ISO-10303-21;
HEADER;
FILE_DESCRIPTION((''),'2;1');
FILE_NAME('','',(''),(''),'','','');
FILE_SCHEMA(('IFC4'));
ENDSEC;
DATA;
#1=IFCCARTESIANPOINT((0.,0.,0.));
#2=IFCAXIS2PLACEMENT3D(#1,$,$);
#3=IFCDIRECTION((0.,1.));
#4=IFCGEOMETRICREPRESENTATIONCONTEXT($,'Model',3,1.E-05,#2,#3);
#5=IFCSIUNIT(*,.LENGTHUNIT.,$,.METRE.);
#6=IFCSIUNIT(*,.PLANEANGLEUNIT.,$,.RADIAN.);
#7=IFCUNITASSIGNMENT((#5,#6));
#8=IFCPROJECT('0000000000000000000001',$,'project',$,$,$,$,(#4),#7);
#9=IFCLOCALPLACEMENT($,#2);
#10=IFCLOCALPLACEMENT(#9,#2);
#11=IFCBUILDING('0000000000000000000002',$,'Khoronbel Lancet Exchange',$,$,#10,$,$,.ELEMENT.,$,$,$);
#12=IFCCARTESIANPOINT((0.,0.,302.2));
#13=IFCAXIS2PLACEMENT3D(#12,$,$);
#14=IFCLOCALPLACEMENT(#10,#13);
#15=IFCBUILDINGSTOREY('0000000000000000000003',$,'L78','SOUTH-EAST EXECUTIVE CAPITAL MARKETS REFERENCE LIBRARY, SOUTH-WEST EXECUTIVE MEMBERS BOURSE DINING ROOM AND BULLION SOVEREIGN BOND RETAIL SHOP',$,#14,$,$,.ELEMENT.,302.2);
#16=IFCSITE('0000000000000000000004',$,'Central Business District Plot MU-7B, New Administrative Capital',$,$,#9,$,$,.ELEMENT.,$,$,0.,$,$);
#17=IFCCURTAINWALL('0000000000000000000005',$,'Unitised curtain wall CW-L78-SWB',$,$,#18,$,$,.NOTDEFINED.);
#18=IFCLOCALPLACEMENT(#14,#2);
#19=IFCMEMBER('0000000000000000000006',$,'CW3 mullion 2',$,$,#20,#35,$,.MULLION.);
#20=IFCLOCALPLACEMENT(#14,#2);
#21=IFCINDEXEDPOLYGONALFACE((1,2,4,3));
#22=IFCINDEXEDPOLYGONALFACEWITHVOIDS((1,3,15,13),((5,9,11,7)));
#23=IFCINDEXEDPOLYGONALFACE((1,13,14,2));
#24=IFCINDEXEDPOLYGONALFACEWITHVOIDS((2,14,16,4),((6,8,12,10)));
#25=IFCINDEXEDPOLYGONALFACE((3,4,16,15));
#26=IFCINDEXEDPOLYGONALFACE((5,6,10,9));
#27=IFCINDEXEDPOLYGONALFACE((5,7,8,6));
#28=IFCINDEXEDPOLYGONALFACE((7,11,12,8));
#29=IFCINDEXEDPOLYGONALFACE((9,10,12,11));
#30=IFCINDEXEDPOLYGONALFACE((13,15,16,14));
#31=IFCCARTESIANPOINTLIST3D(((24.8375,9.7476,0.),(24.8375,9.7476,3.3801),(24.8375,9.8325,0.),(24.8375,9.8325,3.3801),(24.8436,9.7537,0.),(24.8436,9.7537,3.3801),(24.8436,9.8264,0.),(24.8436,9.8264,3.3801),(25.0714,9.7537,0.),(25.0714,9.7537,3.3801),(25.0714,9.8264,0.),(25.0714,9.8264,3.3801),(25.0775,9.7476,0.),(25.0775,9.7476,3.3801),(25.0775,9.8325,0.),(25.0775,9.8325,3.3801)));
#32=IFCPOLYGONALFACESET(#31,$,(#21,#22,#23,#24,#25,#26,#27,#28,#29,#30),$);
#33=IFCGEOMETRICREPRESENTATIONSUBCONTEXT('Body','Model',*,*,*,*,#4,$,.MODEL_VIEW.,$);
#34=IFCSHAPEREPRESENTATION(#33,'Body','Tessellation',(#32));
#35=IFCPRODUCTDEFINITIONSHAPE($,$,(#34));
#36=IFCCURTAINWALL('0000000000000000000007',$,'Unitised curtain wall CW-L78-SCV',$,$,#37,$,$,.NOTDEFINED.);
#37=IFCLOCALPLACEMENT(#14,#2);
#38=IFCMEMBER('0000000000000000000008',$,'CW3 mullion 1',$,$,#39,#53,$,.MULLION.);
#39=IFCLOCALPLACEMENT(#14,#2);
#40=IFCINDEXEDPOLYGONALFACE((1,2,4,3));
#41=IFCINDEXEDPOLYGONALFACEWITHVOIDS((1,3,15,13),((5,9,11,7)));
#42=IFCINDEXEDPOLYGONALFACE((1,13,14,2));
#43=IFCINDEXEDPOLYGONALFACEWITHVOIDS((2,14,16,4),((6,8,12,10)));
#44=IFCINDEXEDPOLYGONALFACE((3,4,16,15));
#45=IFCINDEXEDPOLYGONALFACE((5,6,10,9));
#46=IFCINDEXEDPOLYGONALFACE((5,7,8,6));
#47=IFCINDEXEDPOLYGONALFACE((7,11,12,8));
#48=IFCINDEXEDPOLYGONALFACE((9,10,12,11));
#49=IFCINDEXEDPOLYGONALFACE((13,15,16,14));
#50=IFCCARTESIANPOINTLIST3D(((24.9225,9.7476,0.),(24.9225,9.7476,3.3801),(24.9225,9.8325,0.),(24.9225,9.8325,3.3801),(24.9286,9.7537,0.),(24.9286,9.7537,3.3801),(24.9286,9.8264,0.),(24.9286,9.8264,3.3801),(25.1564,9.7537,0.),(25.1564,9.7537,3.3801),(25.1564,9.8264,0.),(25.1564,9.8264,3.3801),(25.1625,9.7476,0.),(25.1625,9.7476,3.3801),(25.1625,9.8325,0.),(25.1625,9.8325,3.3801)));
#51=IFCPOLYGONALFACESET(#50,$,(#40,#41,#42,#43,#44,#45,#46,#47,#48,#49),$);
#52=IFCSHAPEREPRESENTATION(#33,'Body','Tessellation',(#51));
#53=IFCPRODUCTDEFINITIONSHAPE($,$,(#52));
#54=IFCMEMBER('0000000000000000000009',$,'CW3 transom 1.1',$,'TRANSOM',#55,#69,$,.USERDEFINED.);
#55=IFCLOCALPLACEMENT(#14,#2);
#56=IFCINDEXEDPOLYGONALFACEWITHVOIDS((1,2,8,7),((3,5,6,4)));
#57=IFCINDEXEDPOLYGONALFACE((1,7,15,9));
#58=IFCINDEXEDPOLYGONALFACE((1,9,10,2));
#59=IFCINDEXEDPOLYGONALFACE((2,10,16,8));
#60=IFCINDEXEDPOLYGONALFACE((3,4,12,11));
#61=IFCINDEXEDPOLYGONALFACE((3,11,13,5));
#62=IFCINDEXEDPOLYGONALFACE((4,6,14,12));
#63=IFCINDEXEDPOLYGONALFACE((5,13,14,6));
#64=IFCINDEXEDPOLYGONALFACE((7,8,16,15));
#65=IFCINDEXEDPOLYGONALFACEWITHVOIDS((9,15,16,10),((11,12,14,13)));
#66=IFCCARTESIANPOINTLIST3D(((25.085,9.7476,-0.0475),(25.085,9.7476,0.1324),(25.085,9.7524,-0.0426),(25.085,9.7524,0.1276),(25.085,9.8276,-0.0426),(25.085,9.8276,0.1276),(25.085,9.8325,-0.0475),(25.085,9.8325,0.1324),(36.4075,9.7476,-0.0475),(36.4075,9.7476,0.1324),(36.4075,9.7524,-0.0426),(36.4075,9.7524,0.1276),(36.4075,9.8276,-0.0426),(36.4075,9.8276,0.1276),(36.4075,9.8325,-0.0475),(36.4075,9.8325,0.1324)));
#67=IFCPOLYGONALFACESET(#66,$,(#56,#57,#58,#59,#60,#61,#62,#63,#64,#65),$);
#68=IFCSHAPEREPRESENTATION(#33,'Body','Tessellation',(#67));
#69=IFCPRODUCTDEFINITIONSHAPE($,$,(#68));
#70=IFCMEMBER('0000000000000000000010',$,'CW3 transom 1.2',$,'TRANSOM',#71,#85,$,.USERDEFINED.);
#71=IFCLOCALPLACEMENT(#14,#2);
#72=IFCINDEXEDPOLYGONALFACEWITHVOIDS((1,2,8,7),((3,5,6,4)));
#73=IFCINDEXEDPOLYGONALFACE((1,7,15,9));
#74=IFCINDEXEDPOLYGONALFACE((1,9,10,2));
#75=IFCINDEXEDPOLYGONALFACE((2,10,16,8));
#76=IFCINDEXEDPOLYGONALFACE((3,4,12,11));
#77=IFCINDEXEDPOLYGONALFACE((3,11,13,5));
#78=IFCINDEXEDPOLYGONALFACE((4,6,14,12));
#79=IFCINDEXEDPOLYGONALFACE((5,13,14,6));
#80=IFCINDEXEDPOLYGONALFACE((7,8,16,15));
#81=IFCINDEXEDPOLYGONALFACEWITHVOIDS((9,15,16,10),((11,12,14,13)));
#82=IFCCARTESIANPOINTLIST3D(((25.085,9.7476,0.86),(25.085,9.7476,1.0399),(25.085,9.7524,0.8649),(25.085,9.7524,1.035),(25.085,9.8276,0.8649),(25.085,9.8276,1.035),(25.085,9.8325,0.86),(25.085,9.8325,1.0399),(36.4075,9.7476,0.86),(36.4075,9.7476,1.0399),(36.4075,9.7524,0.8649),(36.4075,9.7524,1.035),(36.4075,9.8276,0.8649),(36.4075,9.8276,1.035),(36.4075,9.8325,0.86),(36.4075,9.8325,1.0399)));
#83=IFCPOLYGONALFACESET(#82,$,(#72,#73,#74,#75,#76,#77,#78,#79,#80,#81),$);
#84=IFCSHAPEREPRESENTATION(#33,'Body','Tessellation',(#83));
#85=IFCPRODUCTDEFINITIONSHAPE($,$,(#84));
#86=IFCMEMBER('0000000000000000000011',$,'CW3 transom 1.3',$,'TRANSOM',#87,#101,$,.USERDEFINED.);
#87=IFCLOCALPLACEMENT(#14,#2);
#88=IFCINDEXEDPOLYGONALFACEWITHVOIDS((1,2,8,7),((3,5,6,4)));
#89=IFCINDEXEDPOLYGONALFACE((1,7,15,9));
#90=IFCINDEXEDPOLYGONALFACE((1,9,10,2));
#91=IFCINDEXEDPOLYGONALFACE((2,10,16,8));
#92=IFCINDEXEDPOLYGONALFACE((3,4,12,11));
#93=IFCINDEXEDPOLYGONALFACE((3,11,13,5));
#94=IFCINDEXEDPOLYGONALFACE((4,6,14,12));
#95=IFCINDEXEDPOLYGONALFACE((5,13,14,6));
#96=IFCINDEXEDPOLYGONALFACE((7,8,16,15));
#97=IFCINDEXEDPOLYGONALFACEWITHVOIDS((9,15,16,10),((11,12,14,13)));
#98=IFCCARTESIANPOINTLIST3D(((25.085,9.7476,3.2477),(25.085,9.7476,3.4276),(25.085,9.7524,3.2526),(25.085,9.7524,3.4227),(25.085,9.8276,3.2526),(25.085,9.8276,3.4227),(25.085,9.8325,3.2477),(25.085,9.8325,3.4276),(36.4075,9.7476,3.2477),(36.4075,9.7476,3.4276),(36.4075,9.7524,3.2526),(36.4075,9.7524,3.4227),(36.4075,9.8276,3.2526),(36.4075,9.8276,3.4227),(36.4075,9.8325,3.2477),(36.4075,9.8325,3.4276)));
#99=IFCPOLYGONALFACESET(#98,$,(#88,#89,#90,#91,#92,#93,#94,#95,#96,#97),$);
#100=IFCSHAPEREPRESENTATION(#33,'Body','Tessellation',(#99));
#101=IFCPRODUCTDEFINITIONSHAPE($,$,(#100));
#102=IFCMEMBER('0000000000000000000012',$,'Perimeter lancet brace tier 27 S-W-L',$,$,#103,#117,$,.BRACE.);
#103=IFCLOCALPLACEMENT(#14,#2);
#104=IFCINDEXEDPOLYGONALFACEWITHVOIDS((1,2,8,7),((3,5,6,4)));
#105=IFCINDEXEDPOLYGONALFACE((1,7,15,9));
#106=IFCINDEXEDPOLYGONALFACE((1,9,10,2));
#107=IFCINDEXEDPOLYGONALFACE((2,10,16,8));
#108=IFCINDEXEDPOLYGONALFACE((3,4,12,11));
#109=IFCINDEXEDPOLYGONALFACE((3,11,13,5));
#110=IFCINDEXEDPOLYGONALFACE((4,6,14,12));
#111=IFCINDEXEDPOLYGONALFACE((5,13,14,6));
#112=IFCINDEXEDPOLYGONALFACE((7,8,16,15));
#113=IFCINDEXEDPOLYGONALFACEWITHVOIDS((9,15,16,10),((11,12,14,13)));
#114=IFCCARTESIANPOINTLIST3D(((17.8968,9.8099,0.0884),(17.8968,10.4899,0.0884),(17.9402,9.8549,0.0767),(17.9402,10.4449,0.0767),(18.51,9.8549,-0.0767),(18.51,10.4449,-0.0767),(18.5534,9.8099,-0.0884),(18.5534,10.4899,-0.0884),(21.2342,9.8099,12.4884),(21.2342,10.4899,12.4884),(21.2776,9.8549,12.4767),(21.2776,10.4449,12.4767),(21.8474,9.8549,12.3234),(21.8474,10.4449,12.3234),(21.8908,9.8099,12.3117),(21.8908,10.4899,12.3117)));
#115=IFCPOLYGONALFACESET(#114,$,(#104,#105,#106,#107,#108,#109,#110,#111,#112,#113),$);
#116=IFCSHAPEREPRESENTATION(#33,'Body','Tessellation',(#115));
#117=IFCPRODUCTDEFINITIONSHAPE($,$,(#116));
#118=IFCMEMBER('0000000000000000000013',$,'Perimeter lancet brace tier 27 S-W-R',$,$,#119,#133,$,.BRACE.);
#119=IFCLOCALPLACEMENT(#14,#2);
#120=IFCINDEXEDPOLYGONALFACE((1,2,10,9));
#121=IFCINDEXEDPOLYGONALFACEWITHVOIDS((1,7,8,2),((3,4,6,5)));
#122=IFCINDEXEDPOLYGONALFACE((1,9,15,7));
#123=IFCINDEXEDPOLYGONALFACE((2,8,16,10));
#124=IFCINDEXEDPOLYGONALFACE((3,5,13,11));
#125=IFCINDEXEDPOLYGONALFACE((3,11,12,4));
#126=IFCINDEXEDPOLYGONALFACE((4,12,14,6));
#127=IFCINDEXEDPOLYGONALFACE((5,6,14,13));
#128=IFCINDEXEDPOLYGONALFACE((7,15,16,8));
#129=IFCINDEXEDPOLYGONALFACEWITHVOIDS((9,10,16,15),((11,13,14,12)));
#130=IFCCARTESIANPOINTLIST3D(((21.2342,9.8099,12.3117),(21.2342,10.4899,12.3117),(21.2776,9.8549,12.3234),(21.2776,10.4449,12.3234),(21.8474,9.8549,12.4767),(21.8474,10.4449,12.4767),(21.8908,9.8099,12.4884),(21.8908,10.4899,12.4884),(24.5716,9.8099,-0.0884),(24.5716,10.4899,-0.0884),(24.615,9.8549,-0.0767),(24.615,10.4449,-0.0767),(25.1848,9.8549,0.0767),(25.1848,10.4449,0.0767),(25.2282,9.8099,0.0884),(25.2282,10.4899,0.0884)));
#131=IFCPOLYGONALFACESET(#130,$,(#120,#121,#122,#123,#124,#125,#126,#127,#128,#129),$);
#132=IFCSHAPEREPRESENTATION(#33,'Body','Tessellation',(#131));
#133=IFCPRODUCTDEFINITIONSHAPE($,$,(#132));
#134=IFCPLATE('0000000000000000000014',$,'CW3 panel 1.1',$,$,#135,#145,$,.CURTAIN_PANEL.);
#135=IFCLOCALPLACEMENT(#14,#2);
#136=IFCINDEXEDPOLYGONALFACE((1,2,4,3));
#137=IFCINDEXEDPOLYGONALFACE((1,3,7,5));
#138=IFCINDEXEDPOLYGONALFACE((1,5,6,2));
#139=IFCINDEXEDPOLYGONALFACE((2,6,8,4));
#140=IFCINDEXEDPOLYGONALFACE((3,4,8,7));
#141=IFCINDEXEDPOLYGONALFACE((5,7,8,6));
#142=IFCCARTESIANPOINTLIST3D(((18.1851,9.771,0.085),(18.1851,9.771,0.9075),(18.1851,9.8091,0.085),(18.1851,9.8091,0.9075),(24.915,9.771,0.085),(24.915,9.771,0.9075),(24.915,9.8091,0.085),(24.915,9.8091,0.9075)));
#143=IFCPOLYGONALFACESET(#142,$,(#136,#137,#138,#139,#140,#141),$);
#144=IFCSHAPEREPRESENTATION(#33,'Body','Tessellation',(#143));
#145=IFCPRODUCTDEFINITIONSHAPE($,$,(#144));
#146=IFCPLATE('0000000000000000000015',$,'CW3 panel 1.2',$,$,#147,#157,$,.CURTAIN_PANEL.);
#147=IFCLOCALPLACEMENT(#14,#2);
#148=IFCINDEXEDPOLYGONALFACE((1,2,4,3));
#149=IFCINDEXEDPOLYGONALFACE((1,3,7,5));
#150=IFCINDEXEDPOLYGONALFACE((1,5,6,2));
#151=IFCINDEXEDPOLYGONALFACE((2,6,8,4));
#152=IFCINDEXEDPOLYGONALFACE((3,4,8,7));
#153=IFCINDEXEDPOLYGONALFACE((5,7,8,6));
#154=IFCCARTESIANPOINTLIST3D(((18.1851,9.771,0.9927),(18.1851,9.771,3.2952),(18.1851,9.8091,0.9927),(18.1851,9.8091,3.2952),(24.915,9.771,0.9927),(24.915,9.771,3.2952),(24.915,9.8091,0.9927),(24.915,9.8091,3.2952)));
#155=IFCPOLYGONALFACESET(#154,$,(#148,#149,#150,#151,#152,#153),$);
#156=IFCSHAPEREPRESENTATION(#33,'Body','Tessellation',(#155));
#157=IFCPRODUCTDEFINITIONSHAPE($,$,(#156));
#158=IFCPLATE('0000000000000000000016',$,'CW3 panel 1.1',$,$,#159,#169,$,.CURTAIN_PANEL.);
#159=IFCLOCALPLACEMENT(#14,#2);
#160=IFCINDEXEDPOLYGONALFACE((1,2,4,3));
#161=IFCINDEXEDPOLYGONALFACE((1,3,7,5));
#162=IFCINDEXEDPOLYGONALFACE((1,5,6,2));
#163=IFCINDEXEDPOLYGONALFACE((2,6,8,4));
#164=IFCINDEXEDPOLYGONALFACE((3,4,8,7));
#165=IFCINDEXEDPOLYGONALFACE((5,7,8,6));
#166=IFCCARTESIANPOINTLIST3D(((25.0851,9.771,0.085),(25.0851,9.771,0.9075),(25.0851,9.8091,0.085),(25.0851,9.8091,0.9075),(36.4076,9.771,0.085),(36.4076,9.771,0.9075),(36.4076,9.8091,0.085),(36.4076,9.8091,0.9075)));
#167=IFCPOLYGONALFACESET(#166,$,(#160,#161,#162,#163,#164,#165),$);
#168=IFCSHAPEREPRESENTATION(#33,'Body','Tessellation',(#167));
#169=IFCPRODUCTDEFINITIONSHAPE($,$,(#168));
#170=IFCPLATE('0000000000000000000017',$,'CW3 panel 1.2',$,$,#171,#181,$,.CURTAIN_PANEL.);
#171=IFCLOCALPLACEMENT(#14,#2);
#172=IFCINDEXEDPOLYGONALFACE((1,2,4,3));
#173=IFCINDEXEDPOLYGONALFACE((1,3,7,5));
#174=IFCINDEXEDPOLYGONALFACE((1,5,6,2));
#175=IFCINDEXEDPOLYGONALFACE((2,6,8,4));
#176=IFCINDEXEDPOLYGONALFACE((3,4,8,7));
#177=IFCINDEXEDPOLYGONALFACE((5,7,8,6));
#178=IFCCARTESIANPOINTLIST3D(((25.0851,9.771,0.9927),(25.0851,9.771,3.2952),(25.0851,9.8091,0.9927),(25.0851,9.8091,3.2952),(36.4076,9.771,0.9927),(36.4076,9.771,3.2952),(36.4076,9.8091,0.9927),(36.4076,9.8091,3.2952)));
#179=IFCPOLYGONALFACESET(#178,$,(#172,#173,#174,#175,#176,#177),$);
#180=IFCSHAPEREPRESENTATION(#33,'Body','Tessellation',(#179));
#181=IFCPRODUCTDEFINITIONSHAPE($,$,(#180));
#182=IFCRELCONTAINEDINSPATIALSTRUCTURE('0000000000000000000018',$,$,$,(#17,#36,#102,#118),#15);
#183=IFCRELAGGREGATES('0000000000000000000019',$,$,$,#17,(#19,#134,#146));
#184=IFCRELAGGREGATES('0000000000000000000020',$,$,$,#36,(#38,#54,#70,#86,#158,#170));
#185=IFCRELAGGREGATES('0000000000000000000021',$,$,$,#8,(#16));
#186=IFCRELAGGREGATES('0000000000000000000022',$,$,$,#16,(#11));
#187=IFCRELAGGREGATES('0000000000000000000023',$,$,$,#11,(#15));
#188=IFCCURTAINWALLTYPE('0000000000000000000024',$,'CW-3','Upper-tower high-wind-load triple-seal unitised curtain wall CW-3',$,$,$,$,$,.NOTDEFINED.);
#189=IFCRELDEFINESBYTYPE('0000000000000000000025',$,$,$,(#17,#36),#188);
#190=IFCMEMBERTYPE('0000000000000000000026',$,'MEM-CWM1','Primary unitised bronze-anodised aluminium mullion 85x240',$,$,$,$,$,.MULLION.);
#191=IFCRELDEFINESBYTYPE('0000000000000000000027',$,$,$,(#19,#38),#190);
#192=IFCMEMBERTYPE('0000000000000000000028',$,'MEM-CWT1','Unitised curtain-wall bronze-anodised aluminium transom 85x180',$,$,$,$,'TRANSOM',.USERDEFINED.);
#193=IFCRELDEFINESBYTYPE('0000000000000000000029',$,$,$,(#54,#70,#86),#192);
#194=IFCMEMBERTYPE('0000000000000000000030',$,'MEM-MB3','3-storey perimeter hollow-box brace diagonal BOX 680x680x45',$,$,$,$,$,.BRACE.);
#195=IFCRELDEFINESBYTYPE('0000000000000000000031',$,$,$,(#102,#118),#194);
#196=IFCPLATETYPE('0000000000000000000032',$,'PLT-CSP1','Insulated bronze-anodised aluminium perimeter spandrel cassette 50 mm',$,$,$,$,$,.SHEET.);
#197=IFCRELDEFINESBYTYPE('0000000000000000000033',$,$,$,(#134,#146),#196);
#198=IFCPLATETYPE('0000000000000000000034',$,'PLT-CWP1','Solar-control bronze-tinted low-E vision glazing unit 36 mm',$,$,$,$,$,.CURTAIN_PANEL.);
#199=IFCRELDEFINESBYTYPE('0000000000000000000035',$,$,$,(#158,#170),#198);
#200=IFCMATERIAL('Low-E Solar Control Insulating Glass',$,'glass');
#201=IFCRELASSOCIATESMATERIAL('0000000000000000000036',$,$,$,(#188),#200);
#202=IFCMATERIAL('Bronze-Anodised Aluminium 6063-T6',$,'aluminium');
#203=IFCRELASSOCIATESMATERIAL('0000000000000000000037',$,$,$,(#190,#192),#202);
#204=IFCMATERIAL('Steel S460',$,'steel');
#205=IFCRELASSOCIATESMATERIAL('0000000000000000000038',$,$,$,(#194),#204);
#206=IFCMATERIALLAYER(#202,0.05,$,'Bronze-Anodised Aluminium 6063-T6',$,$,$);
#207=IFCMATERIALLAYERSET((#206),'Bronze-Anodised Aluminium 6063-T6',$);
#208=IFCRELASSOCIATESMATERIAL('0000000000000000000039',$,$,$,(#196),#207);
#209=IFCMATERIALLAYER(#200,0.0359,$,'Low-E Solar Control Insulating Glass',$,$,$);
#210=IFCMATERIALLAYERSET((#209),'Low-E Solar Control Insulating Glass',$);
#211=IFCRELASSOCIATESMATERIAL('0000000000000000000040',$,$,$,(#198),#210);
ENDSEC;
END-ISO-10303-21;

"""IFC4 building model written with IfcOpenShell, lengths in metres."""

from ifc_helpers import new_model, si_unit, direction, frame, origin, origin_2d, place, context, subcontext, project, spatial, rectangle, hollow_rectangle, extrude, material, layer, layer_set, material_profile, profile_set, type_object, element, aggregate, save


model = new_model("IFC4")

# Units and contexts
model_context = context("Model", 3, precision=1e-05, world=origin(), true_north=direction((0.0, 1.0)))
body_context = subcontext(model_context, "Body", "Model", "MODEL_VIEW")
ifc_project = project(units=[si_unit("LENGTHUNIT", "METRE"), si_unit("PLANEANGLEUNIT", "RADIAN")], contexts=[model_context])

# Site, building, storey
site_placement = place(None, origin())
site = spatial("IfcSite", under=ifc_project, at=site_placement, Name="Central Business District Plot MU-7B, New Administrative Capital", CompositionType="ELEMENT", RefElevation=0.0)
building_placement = place(site_placement, origin())
building = spatial("IfcBuilding", under=site, at=building_placement, Name="Khoronbel Lancet Exchange", CompositionType="ELEMENT")
storey_placement = place(building_placement, frame((0.0, 0.0, 302.2)))
storey = spatial("IfcBuildingStorey", under=building, at=storey_placement, Name="L78", Description="SOUTH-EAST EXECUTIVE CAPITAL MARKETS REFERENCE LIBRARY, SOUTH-WEST EXECUTIVE MEMBERS BOURSE DINING ROOM AND BULLION SOVEREIGN BOND RETAIL SHOP", CompositionType="ELEMENT", Elevation=302.2)

# Shared definitions
ifc_material_1 = material(Name="Steel S460", Category="steel")

# Curtain wall, member
ifc_material_2 = material(Name="Low-E Solar Control Insulating Glass", Category="glass")
curtain_wall_type = type_object("IfcCurtainWallType", Name="CW-3", Description="Upper-tower high-wind-load triple-seal unitised curtain wall CW-3", PredefinedType="NOTDEFINED", material=ifc_material_2)
curtain_wall_1_placement = place(storey_placement, origin())
curtain_wall_1 = element("IfcCurtainWall", 1, at=curtain_wall_1_placement, inside=storey, type_object=curtain_wall_type, Name="Unitised curtain wall CW-L78-SWB", PredefinedType="NOTDEFINED")
ifc_material_3 = material(Name="Bronze-Anodised Aluminium 6063-T6", Category="aluminium")
ifc_material_profile_1 = material_profile(ifc_material_3, hollow_rectangle(XDim=0.085, YDim=0.24, WallThickness=0.0061, at=origin_2d()), Name="ALU MULLION 85x240")
ifc_profile_set_1 = profile_set([ifc_material_profile_1], Name="Bronze-Anodised Aluminium 6063-T6")
member_type_1 = type_object("IfcMemberType", Name="MEM-CWM1", Description="Primary unitised bronze-anodised aluminium mullion 85x240", PredefinedType="MULLION", material=ifc_profile_set_1)
member_1_placement = place(storey_placement, frame((24.9575, 9.79, 0.0), z_axis=(0.0, 0.0, 1.0), x_axis=(0.0, 1.0, 0.0)))
member_1 = element("IfcMember", 2, at=member_1_placement, type_object=member_type_1, Name="CW3 mullion 2", PredefinedType="MULLION", context=body_context, shape_type="SweptSolid", body=[
    extrude(hollow_rectangle(XDim=0.085, YDim=0.24, WallThickness=0.0061, at=origin_2d()), origin(), (0.0, 0.0, 1.0), 3.3801),
])

# Curtain wall, members
curtain_wall_2_placement = place(storey_placement, origin())
curtain_wall_2 = element("IfcCurtainWall", 3, at=curtain_wall_2_placement, inside=storey, type_object=curtain_wall_type, Name="Unitised curtain wall CW-L78-SCV", PredefinedType="NOTDEFINED")
member_2_placement = place(storey_placement, frame((25.0425, 9.79, 0.0), z_axis=(0.0, 0.0, 1.0), x_axis=(0.0, 1.0, 0.0)))
member_2 = element("IfcMember", 4, at=member_2_placement, type_object=member_type_1, Name="CW3 mullion 1", PredefinedType="MULLION", context=body_context, shape_type="SweptSolid", body=[
    extrude(hollow_rectangle(XDim=0.085, YDim=0.24, WallThickness=0.0061, at=origin_2d()), origin(), (0.0, 0.0, 1.0), 3.3801),
])
ifc_material_profile_2 = material_profile(ifc_material_3, hollow_rectangle(XDim=0.085, YDim=0.1799, WallThickness=0.0049, at=origin_2d()), Name="ALU TRANSOM 85x180")
ifc_profile_set_2 = profile_set([ifc_material_profile_2], Name="Bronze-Anodised Aluminium 6063-T6")
member_type_2 = type_object("IfcMemberType", Name="MEM-CWT1", Description="Unitised curtain-wall bronze-anodised aluminium transom 85x180", ElementType="TRANSOM", PredefinedType="USERDEFINED", material=ifc_profile_set_2)
member_3_placement = place(storey_placement, frame((25.085, 9.79, 0.0425), z_axis=(1.0, 0.0, 0.0), x_axis=(0.0, 1.0, 0.0)))
member_3 = element("IfcMember", 5, at=member_3_placement, type_object=member_type_2, Name="CW3 transom 1.1", ObjectType="TRANSOM", PredefinedType="USERDEFINED", context=body_context, shape_type="SweptSolid", body=[
    extrude(hollow_rectangle(XDim=0.085, YDim=0.1799, WallThickness=0.0049, at=origin_2d()), origin(), (0.0, 0.0, 1.0), 11.3225),
])
member_4_placement = place(storey_placement, frame((25.085, 9.79, 0.95), z_axis=(1.0, 0.0, 0.0), x_axis=(0.0, 1.0, 0.0)))
member_4 = element("IfcMember", 6, at=member_4_placement, type_object=member_type_2, Name="CW3 transom 1.2", ObjectType="TRANSOM", PredefinedType="USERDEFINED", context=body_context, shape_type="SweptSolid", body=[
    extrude(hollow_rectangle(XDim=0.085, YDim=0.1799, WallThickness=0.0049, at=origin_2d()), origin(), (0.0, 0.0, 1.0), 11.3225),
])
member_5_placement = place(storey_placement, frame((25.085, 9.79, 3.3376), z_axis=(1.0, 0.0, 0.0), x_axis=(0.0, 1.0, 0.0)))
member_5 = element("IfcMember", 7, at=member_5_placement, type_object=member_type_2, Name="CW3 transom 1.3", ObjectType="TRANSOM", PredefinedType="USERDEFINED", context=body_context, shape_type="SweptSolid", body=[
    extrude(hollow_rectangle(XDim=0.085, YDim=0.1799, WallThickness=0.0049, at=origin_2d()), origin(), (0.0, 0.0, 1.0), 11.3225),
])

# Members
ifc_material_profile_3 = material_profile(ifc_material_1, hollow_rectangle(XDim=0.6799, YDim=0.6799, WallThickness=0.0449, at=origin_2d()), Name="BOX 680x680x45")
ifc_profile_set_3 = profile_set([ifc_material_profile_3], Name="Steel S460")
member_type_3 = type_object("IfcMemberType", Name="MEM-MB3", Description="3-storey perimeter hollow-box brace diagonal BOX 680x680x45", PredefinedType="BRACE", material=ifc_profile_set_3)
for number, where, z_axis, x_axis, name in (
    (8, (18.2251, 10.1499, 0.0), (0.259894, 0.0, 0.965637), (0.0, 1.0, 0.0), "Perimeter lancet brace tier 27 S-W-L"),
    (9, (24.8999, 10.1499, 0.0), (-0.259894, 0.0, 0.965637), (0.0, -1.0, 0.0), "Perimeter lancet brace tier 27 S-W-R"),
):
    element("IfcMember", number, at=place(storey_placement, frame(where, z_axis=z_axis, x_axis=x_axis)), inside=storey, type_object=member_type_3, Name=name, PredefinedType="BRACE", context=body_context, shape_type="SweptSolid", body=[
        extrude(hollow_rectangle(XDim=0.6799, YDim=0.6799, WallThickness=0.0449, at=origin_2d()), origin(), (0.0, 0.0, 1.0), 12.8413),
    ])

# Plates
ifc_layer_1 = layer(ifc_material_3, 0.05, Name="Bronze-Anodised Aluminium 6063-T6")
ifc_layer_set_1 = layer_set([ifc_layer_1], Name="Bronze-Anodised Aluminium 6063-T6")
plate_type_1 = type_object("IfcPlateType", Name="PLT-CSP1", Description="Insulated bronze-anodised aluminium perimeter spandrel cassette 50 mm", PredefinedType="SHEET", material=ifc_layer_set_1)
plate_1_placement = place(storey_placement, frame((21.55, 9.79, 0.085), z_axis=(0.0, 0.0, 1.0), x_axis=(1.0, 0.0, 0.0)))
plate_1 = element("IfcPlate", 10, at=plate_1_placement, type_object=plate_type_1, Name="CW3 panel 1.1", PredefinedType="CURTAIN_PANEL", context=body_context, shape_type="SweptSolid", body=[
    extrude(rectangle(XDim=6.73, YDim=0.0381, at=origin_2d()), origin(), (0.0, 0.0, 1.0), 0.8225),
])
plate_2_placement = place(storey_placement, frame((21.55, 9.79, 0.9927), z_axis=(0.0, 0.0, 1.0), x_axis=(1.0, 0.0, 0.0)))
plate_2 = element("IfcPlate", 11, at=plate_2_placement, type_object=plate_type_1, Name="CW3 panel 1.2", PredefinedType="CURTAIN_PANEL", context=body_context, shape_type="SweptSolid", body=[
    extrude(rectangle(XDim=6.73, YDim=0.0381, at=origin_2d()), origin(), (0.0, 0.0, 1.0), 2.3025),
])
aggregate(curtain_wall_1, [member_1, plate_1, plate_2])
ifc_layer_2 = layer(ifc_material_2, 0.0359, Name="Low-E Solar Control Insulating Glass")
ifc_layer_set_2 = layer_set([ifc_layer_2], Name="Low-E Solar Control Insulating Glass")
plate_type_2 = type_object("IfcPlateType", Name="PLT-CWP1", Description="Solar-control bronze-tinted low-E vision glazing unit 36 mm", PredefinedType="CURTAIN_PANEL", material=ifc_layer_set_2)
plate_3_placement = place(storey_placement, frame((30.7463, 9.79, 0.085), z_axis=(0.0, 0.0, 1.0), x_axis=(1.0, 0.0, 0.0)))
plate_3 = element("IfcPlate", 12, at=plate_3_placement, type_object=plate_type_2, Name="CW3 panel 1.1", PredefinedType="CURTAIN_PANEL", context=body_context, shape_type="SweptSolid", body=[
    extrude(rectangle(XDim=11.3225, YDim=0.0381, at=origin_2d()), origin(), (0.0, 0.0, 1.0), 0.8225),
])
plate_4_placement = place(storey_placement, frame((30.7463, 9.79, 0.9927), z_axis=(0.0, 0.0, 1.0), x_axis=(1.0, 0.0, 0.0)))
plate_4 = element("IfcPlate", 13, at=plate_4_placement, type_object=plate_type_2, Name="CW3 panel 1.2", PredefinedType="CURTAIN_PANEL", context=body_context, shape_type="SweptSolid", body=[
    extrude(rectangle(XDim=11.3225, YDim=0.0381, at=origin_2d()), origin(), (0.0, 0.0, 1.0), 2.3025),
])
aggregate(curtain_wall_2, [member_2, member_3, member_4, member_5, plate_3, plate_4])

save(model, "model.ifc")
